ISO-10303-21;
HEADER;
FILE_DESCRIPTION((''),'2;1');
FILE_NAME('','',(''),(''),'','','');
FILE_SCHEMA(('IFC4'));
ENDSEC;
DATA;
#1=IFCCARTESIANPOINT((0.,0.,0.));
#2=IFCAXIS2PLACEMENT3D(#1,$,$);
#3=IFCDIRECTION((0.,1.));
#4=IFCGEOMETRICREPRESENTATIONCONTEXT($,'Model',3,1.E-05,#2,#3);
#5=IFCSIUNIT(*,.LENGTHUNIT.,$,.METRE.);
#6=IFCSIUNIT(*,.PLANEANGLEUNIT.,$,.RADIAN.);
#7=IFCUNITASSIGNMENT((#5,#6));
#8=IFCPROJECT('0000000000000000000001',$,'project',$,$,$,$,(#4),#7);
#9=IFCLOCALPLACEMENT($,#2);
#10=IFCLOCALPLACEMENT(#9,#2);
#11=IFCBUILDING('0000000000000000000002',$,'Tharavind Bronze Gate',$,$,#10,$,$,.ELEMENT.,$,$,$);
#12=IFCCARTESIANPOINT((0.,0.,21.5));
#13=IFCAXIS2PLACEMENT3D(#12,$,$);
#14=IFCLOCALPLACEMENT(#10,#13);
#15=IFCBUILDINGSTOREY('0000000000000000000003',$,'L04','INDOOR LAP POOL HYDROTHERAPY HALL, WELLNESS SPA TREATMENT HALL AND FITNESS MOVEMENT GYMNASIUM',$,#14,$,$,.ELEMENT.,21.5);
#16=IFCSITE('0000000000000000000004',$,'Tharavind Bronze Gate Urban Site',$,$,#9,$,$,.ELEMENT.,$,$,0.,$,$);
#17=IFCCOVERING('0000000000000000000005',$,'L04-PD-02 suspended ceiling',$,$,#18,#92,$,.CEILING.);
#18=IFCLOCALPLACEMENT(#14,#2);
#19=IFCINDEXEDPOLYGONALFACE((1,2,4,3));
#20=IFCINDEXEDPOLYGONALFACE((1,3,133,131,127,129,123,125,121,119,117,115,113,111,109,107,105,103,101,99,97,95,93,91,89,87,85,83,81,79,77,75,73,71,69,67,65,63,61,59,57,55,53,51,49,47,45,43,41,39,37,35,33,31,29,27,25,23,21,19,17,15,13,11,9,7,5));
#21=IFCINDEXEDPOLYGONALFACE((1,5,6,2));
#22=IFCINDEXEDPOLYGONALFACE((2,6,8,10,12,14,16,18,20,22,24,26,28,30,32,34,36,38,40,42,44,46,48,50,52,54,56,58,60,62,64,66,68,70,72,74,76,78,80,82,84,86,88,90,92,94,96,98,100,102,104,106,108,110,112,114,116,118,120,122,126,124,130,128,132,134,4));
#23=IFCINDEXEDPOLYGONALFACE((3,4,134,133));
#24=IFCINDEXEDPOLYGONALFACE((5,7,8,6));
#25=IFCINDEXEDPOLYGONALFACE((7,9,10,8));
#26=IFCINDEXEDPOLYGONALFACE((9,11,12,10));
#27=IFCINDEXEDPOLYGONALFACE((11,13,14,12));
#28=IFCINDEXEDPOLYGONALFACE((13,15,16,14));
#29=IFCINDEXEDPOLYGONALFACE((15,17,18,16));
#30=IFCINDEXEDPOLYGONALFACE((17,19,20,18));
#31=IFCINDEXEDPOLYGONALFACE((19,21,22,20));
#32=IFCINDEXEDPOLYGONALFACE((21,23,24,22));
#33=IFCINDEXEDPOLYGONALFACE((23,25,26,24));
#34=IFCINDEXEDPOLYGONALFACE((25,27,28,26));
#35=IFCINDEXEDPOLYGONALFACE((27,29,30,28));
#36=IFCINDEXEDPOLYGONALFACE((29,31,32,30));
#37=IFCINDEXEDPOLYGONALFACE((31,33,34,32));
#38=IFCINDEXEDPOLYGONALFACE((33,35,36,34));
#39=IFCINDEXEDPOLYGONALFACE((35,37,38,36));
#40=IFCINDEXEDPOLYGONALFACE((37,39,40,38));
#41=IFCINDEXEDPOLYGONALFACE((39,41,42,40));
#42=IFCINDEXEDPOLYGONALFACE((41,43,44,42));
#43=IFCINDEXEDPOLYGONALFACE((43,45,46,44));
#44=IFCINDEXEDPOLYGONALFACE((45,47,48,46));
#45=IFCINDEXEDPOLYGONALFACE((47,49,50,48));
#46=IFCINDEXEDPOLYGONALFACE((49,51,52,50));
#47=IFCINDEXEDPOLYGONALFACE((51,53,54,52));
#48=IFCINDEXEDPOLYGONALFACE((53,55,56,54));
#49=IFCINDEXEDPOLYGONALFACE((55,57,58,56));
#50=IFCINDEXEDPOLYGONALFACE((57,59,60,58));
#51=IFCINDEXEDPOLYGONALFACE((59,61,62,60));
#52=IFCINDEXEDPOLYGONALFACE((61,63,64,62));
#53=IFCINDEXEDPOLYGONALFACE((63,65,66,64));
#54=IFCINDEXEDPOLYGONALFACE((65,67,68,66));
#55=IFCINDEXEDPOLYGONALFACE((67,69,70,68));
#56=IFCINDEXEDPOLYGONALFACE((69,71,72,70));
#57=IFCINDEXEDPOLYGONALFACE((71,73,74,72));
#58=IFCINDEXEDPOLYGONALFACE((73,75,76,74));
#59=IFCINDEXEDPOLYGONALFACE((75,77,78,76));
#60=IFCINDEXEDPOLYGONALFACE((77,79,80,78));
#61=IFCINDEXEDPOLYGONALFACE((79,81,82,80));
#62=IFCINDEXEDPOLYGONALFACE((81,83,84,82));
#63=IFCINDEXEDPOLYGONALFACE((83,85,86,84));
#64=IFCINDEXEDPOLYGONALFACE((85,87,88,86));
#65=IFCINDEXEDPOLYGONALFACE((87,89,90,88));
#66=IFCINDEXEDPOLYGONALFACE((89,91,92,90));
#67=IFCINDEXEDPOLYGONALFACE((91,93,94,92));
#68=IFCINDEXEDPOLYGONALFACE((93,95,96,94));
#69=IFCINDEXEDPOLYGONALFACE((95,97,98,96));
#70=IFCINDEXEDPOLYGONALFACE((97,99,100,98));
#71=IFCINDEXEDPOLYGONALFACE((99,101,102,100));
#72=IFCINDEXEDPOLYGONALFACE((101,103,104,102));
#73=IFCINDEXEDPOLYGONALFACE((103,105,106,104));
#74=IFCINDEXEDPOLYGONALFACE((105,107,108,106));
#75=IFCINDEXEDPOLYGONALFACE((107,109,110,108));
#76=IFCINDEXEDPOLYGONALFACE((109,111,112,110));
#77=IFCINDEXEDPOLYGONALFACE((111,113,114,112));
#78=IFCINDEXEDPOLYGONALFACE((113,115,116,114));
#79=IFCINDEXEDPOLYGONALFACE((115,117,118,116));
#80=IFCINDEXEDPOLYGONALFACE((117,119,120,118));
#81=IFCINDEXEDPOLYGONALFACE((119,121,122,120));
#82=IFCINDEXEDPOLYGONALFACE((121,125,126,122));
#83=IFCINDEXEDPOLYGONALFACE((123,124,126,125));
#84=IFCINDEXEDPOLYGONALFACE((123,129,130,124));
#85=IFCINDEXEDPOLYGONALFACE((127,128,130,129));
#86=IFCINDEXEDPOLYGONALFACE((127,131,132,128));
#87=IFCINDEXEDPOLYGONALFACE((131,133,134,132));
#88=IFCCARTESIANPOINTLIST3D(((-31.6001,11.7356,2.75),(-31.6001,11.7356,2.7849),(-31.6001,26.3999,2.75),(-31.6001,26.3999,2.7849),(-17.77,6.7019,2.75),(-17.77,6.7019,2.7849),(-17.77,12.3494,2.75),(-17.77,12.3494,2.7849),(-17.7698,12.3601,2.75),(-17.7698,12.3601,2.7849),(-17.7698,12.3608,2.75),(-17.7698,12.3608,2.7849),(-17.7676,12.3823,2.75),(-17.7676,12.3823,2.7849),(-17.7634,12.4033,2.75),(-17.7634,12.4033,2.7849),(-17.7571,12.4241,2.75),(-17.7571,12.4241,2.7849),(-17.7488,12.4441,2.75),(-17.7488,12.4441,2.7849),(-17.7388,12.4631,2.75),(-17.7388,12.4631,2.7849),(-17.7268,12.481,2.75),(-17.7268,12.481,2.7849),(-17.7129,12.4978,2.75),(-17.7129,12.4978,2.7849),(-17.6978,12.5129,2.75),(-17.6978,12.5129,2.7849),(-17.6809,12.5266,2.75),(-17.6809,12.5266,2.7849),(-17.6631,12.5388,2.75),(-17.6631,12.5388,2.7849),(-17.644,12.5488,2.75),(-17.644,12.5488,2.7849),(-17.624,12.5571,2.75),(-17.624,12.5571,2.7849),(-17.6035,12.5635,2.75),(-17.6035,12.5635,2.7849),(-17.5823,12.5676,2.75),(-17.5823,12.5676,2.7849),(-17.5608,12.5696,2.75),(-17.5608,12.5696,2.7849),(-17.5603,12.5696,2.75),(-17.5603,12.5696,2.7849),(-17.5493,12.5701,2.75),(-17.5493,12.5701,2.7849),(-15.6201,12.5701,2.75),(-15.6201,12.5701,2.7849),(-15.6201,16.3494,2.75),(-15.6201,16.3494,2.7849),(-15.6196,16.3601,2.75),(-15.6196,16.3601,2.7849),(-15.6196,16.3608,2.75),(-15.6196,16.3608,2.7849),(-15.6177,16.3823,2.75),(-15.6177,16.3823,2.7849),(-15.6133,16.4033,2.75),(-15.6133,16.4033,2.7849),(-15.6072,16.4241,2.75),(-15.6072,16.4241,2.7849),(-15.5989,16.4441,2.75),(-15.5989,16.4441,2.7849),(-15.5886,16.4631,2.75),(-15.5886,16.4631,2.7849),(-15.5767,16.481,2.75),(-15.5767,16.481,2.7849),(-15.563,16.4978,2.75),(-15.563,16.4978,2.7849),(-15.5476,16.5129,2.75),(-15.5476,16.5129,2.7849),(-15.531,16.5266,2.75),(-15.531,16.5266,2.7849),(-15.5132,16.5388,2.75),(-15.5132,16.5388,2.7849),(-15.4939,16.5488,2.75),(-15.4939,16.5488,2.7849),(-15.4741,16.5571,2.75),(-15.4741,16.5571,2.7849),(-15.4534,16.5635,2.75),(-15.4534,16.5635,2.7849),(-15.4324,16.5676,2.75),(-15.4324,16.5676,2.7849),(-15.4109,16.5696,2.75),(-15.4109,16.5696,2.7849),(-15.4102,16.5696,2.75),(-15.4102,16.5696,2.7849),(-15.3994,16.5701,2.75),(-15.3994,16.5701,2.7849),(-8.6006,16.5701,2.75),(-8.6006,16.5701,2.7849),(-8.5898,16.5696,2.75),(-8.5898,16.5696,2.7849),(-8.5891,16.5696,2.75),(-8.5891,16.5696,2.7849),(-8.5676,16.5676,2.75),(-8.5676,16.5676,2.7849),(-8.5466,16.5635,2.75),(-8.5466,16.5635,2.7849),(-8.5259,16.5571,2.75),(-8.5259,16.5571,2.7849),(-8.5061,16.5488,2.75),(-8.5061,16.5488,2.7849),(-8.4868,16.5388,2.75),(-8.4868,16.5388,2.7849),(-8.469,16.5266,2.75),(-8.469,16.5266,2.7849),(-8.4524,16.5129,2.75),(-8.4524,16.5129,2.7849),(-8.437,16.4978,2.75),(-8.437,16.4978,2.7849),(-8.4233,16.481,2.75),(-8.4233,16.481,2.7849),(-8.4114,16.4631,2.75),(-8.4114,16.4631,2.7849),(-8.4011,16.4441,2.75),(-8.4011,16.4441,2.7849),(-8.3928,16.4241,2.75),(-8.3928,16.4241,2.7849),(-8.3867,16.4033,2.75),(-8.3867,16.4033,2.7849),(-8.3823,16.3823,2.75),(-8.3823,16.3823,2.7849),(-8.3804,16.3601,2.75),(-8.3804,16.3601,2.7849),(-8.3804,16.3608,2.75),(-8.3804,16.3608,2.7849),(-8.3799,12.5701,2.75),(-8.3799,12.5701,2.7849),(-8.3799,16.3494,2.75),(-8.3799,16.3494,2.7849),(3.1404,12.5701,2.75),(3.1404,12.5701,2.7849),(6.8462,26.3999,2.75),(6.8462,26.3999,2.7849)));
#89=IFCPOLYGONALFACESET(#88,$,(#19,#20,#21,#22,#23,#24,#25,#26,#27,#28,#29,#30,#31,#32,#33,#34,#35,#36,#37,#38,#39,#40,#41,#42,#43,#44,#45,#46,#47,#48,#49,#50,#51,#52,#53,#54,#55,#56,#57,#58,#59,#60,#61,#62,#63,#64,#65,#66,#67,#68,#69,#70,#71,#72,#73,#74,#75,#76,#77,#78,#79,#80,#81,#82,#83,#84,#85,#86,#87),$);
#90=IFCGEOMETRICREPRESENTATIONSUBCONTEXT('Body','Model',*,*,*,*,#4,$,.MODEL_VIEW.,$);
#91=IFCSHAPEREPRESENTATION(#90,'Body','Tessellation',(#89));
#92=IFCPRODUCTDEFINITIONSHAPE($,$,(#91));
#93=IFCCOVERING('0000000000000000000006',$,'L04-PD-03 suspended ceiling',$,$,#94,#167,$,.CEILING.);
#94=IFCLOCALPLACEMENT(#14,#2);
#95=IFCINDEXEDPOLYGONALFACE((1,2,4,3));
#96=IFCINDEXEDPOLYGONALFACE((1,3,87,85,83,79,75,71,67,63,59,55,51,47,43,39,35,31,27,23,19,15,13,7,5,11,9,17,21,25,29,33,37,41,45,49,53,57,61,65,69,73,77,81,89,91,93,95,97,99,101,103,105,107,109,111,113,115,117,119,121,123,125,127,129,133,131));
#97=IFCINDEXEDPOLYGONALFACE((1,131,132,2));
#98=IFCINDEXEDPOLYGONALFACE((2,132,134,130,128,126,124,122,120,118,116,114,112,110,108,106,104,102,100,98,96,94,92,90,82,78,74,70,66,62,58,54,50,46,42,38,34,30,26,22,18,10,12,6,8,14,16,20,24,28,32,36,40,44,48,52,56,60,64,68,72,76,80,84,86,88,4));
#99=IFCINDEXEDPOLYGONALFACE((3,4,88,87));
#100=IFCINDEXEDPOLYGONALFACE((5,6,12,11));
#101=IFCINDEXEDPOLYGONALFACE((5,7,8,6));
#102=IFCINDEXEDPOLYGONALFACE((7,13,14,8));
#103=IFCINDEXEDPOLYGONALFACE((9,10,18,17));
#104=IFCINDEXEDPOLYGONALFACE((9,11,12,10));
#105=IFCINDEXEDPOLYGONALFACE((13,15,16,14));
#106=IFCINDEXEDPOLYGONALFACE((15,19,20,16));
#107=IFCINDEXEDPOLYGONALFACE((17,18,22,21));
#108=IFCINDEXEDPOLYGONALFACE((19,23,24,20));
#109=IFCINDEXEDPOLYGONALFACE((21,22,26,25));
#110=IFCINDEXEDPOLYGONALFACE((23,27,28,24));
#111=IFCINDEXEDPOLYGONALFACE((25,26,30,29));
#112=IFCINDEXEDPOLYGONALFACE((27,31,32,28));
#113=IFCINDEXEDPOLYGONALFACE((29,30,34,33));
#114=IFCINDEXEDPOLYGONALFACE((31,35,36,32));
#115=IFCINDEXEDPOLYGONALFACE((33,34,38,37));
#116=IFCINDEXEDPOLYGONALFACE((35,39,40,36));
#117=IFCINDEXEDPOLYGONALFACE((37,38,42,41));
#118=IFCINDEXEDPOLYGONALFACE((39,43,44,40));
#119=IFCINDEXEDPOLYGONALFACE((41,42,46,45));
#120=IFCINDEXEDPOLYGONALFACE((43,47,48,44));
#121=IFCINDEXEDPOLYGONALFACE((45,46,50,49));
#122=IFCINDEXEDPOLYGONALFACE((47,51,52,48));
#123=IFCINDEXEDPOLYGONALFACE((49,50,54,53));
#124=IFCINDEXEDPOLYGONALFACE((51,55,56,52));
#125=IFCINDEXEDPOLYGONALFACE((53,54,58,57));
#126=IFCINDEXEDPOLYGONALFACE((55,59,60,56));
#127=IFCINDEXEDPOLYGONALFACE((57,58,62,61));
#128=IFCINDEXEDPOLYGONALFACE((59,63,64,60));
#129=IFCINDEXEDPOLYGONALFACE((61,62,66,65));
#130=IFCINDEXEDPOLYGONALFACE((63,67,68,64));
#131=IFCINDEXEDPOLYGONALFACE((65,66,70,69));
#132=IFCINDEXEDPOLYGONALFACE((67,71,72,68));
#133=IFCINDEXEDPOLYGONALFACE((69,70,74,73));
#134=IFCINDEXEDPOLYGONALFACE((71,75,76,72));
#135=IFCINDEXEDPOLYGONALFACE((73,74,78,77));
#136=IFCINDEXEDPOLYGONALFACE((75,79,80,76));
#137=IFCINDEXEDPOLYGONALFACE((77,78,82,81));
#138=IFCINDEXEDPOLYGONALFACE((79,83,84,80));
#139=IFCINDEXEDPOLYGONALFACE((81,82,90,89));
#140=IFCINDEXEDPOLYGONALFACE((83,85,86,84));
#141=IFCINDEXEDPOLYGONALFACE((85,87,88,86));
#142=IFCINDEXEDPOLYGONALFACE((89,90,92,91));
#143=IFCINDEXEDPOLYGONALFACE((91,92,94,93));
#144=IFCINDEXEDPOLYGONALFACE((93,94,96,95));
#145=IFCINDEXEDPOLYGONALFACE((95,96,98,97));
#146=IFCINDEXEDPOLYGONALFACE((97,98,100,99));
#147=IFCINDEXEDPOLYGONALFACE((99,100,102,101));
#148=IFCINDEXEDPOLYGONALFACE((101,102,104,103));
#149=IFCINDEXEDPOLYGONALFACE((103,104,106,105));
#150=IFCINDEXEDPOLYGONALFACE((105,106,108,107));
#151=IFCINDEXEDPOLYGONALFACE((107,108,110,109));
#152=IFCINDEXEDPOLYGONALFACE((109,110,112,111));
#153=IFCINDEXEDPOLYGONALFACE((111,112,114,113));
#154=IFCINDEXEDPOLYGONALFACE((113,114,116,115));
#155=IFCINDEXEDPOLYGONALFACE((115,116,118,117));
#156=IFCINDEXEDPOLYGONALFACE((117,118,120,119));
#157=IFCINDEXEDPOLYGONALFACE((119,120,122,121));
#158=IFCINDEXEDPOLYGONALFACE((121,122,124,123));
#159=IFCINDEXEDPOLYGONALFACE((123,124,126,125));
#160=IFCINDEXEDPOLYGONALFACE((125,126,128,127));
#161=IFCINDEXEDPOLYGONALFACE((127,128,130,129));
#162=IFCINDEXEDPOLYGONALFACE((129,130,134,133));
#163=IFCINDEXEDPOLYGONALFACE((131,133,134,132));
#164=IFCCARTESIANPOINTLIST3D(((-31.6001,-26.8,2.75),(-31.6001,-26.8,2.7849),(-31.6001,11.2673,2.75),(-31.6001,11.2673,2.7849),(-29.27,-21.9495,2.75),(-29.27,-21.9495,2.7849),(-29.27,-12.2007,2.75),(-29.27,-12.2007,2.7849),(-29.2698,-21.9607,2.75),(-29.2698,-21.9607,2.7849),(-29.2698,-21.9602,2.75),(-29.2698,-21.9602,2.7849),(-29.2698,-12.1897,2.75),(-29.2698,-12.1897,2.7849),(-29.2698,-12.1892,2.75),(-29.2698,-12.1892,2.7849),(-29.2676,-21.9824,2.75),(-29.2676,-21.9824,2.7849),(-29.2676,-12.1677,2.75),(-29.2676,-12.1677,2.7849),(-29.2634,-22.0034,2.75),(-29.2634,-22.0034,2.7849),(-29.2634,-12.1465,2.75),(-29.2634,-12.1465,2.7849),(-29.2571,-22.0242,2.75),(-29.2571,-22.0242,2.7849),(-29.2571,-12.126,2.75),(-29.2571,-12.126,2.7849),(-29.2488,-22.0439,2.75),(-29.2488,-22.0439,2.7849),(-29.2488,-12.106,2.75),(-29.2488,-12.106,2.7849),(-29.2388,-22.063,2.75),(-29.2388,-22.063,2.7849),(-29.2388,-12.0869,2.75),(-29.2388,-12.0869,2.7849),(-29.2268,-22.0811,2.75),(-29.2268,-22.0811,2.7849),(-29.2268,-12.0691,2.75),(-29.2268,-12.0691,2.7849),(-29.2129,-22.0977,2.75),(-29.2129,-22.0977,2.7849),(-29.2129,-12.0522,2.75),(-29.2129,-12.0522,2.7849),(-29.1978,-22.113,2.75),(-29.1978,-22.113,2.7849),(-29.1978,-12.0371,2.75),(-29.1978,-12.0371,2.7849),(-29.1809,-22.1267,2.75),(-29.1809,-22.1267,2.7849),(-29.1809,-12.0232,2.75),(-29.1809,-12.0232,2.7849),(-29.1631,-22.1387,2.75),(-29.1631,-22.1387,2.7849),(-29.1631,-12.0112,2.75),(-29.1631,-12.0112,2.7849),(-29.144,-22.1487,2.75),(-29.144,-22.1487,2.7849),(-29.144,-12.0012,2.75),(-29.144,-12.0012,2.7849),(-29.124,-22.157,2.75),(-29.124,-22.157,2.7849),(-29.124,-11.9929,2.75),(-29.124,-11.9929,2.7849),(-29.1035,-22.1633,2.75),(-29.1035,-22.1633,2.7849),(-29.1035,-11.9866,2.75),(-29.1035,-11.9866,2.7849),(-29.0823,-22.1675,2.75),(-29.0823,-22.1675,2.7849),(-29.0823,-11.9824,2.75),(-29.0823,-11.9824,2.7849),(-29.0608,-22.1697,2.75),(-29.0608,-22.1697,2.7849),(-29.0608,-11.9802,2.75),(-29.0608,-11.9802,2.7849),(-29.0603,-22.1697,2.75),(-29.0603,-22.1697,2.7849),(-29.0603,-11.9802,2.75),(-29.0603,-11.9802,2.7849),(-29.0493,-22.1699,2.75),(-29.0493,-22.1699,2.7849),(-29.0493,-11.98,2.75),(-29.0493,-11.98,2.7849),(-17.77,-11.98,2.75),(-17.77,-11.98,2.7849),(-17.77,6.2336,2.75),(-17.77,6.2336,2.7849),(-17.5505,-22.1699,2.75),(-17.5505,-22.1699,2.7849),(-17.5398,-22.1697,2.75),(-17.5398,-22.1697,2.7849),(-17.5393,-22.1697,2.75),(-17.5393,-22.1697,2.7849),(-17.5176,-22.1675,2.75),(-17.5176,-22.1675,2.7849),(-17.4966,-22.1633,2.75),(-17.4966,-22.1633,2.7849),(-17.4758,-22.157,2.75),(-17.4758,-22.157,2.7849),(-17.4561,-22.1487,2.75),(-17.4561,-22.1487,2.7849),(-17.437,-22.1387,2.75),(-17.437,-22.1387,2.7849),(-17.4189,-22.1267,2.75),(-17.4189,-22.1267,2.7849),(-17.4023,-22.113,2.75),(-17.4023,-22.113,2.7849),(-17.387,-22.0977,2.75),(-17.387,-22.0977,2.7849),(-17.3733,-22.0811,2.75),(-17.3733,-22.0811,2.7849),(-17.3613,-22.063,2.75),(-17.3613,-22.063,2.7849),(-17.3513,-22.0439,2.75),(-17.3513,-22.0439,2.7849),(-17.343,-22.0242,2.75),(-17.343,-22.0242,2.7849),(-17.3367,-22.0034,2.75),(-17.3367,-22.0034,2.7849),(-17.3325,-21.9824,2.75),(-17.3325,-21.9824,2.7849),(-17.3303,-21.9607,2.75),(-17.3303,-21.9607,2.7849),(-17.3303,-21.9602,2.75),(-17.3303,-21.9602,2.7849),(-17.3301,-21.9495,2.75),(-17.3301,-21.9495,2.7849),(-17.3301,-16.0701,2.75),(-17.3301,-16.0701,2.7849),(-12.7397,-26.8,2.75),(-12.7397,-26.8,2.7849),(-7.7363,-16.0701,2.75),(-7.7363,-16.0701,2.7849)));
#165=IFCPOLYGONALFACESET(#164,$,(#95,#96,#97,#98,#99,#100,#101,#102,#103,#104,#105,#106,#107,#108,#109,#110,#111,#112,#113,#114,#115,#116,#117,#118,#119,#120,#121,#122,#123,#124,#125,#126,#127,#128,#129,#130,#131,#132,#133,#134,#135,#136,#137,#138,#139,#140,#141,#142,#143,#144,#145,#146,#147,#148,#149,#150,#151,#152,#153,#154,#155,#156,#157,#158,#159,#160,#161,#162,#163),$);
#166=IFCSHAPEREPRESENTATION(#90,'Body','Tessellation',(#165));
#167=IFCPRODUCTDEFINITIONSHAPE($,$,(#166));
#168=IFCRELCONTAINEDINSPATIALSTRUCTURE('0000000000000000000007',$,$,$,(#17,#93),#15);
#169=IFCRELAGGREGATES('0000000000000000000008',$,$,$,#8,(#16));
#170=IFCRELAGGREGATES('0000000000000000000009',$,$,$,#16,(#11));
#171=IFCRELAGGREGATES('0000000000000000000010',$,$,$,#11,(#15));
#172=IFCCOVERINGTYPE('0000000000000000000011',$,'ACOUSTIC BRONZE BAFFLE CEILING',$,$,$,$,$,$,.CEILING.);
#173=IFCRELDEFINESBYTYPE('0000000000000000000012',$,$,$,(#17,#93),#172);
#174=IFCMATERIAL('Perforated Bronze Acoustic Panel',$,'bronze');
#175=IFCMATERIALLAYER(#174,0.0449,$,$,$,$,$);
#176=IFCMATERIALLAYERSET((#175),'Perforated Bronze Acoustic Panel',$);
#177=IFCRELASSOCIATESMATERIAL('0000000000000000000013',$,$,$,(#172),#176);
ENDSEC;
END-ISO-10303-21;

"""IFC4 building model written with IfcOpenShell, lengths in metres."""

from ifc_helpers import new_model, si_unit, direction, frame, origin, place, context, subcontext, project, spatial, polyline, outline, extrude, material, layer, layer_set, type_object, element, save


model = new_model("IFC4")

# Units and contexts
model_context = context("Model", 3, precision=1e-05, world=origin(), true_north=direction((0.0, 1.0)))
body_context = subcontext(model_context, "Body", "Model", "MODEL_VIEW")
ifc_project = project(units=[si_unit("LENGTHUNIT", "METRE"), si_unit("PLANEANGLEUNIT", "RADIAN")], contexts=[model_context])

# Site, building, storey
site_placement = place(None, origin())
site = spatial("IfcSite", under=ifc_project, at=site_placement, Name="Tharavind Bronze Gate Urban Site", CompositionType="ELEMENT", RefElevation=0.0)
building_placement = place(site_placement, origin())
building = spatial("IfcBuilding", under=site, at=building_placement, Name="Tharavind Bronze Gate", CompositionType="ELEMENT")
storey_placement = place(building_placement, frame((0.0, 0.0, 21.5)))
storey = spatial("IfcBuildingStorey", under=building, at=storey_placement, Name="L04", Description="INDOOR LAP POOL HYDROTHERAPY HALL, WELLNESS SPA TREATMENT HALL AND FITNESS MOVEMENT GYMNASIUM", CompositionType="ELEMENT", Elevation=21.5)

# Coverings
ifc_material_1 = material(Name="Perforated Bronze Acoustic Panel", Category="bronze")
ifc_layer_1 = layer(ifc_material_1, 0.0449)
ifc_layer_set_1 = layer_set([ifc_layer_1], Name="Perforated Bronze Acoustic Panel")
covering_type_1 = type_object("IfcCoveringType", Name="ACOUSTIC BRONZE BAFFLE CEILING", PredefinedType="CEILING", material=ifc_layer_set_1)
covering_1_placement = place(storey_placement, frame((0.0, 0.0, 2.75)))
element("IfcCovering", 1, at=covering_1_placement, inside=storey, type_object=covering_type_1, Name="L04-PD-02 suspended ceiling", PredefinedType="CEILING", context=body_context, shape_type="SweptSolid", body=[
    extrude(outline(polyline([(-31.6001, 11.7356), (-17.77, 6.7019), (-17.77, 12.3494), (-17.7698, 12.3601), (-17.7698, 12.3608), (-17.7676, 12.3823), (-17.7634, 12.4033), (-17.7571, 12.4241), (-17.7488, 12.4441), (-17.7388, 12.4631), (-17.7268, 12.481), (-17.7129, 12.4978), (-17.6978, 12.5129), (-17.6809, 12.5266), (-17.6631, 12.5388), (-17.644, 12.5488), (-17.624, 12.5571), (-17.6035, 12.5635), (-17.5823, 12.5676), (-17.5608, 12.5696), (-17.5603, 12.5696), (-17.5493, 12.5701), (-15.6201, 12.5701), (-15.6201, 16.3494), (-15.6196, 16.3601), (-15.6196, 16.3608), (-15.6177, 16.3823), (-15.6133, 16.4033), (-15.6072, 16.4241), (-15.5989, 16.4441), (-15.5886, 16.4631), (-15.5767, 16.481), (-15.563, 16.4978), (-15.5476, 16.5129), (-15.531, 16.5266), (-15.5132, 16.5388), (-15.4939, 16.5488), (-15.4741, 16.5571), (-15.4534, 16.5635), (-15.4324, 16.5676), (-15.4109, 16.5696), (-15.4102, 16.5696), (-15.3994, 16.5701), (-8.6006, 16.5701), (-8.5898, 16.5696), (-8.5891, 16.5696), (-8.5676, 16.5676), (-8.5466, 16.5635), (-8.5259, 16.5571), (-8.5061, 16.5488), (-8.4868, 16.5388), (-8.469, 16.5266), (-8.4524, 16.5129), (-8.437, 16.4978), (-8.4233, 16.481), (-8.4114, 16.4631), (-8.4011, 16.4441), (-8.3928, 16.4241), (-8.3867, 16.4033), (-8.3823, 16.3823), (-8.3804, 16.3608), (-8.3804, 16.3601), (-8.3799, 16.3494), (-8.3799, 12.5701), (3.1404, 12.5701), (6.8462, 26.3999), (-31.6001, 26.3999), (-31.6001, 11.7356)])), origin(), (0.0, 0.0, 1.0), 0.0349),
])
covering_2_placement = place(storey_placement, frame((0.0, 0.0, 2.75)))
element("IfcCovering", 2, at=covering_2_placement, inside=storey, type_object=covering_type_1, Name="L04-PD-03 suspended ceiling", PredefinedType="CEILING", context=body_context, shape_type="SweptSolid", body=[
    extrude(outline(polyline([(-31.6001, -26.8), (-12.7397, -26.8), (-7.7363, -16.0701), (-17.3301, -16.0701), (-17.3301, -21.9495), (-17.3303, -21.9602), (-17.3303, -21.9607), (-17.3325, -21.9824), (-17.3367, -22.0034), (-17.343, -22.0242), (-17.3513, -22.0439), (-17.3613, -22.063), (-17.3733, -22.0811), (-17.387, -22.0977), (-17.4023, -22.113), (-17.4189, -22.1267), (-17.437, -22.1387), (-17.4561, -22.1487), (-17.4758, -22.157), (-17.4966, -22.1633), (-17.5176, -22.1675), (-17.5393, -22.1697), (-17.5398, -22.1697), (-17.5505, -22.1699), (-29.0493, -22.1699), (-29.0603, -22.1697), (-29.0608, -22.1697), (-29.0823, -22.1675), (-29.1035, -22.1633), (-29.124, -22.157), (-29.144, -22.1487), (-29.1631, -22.1387), (-29.1809, -22.1267), (-29.1978, -22.113), (-29.2129, -22.0977), (-29.2268, -22.0811), (-29.2388, -22.063), (-29.2488, -22.0439), (-29.2571, -22.0242), (-29.2634, -22.0034), (-29.2676, -21.9824), (-29.2698, -21.9607), (-29.2698, -21.9602), (-29.27, -21.9495), (-29.27, -12.2007), (-29.2698, -12.1897), (-29.2698, -12.1892), (-29.2676, -12.1677), (-29.2634, -12.1465), (-29.2571, -12.126), (-29.2488, -12.106), (-29.2388, -12.0869), (-29.2268, -12.0691), (-29.2129, -12.0522), (-29.1978, -12.0371), (-29.1809, -12.0232), (-29.1631, -12.0112), (-29.144, -12.0012), (-29.124, -11.9929), (-29.1035, -11.9866), (-29.0823, -11.9824), (-29.0608, -11.9802), (-29.0603, -11.9802), (-29.0493, -11.98), (-17.77, -11.98), (-17.77, 6.2336), (-31.6001, 11.2673), (-31.6001, -26.8)])), origin(), (0.0, 0.0, 1.0), 0.0349),
])

save(model, "model.ifc")
